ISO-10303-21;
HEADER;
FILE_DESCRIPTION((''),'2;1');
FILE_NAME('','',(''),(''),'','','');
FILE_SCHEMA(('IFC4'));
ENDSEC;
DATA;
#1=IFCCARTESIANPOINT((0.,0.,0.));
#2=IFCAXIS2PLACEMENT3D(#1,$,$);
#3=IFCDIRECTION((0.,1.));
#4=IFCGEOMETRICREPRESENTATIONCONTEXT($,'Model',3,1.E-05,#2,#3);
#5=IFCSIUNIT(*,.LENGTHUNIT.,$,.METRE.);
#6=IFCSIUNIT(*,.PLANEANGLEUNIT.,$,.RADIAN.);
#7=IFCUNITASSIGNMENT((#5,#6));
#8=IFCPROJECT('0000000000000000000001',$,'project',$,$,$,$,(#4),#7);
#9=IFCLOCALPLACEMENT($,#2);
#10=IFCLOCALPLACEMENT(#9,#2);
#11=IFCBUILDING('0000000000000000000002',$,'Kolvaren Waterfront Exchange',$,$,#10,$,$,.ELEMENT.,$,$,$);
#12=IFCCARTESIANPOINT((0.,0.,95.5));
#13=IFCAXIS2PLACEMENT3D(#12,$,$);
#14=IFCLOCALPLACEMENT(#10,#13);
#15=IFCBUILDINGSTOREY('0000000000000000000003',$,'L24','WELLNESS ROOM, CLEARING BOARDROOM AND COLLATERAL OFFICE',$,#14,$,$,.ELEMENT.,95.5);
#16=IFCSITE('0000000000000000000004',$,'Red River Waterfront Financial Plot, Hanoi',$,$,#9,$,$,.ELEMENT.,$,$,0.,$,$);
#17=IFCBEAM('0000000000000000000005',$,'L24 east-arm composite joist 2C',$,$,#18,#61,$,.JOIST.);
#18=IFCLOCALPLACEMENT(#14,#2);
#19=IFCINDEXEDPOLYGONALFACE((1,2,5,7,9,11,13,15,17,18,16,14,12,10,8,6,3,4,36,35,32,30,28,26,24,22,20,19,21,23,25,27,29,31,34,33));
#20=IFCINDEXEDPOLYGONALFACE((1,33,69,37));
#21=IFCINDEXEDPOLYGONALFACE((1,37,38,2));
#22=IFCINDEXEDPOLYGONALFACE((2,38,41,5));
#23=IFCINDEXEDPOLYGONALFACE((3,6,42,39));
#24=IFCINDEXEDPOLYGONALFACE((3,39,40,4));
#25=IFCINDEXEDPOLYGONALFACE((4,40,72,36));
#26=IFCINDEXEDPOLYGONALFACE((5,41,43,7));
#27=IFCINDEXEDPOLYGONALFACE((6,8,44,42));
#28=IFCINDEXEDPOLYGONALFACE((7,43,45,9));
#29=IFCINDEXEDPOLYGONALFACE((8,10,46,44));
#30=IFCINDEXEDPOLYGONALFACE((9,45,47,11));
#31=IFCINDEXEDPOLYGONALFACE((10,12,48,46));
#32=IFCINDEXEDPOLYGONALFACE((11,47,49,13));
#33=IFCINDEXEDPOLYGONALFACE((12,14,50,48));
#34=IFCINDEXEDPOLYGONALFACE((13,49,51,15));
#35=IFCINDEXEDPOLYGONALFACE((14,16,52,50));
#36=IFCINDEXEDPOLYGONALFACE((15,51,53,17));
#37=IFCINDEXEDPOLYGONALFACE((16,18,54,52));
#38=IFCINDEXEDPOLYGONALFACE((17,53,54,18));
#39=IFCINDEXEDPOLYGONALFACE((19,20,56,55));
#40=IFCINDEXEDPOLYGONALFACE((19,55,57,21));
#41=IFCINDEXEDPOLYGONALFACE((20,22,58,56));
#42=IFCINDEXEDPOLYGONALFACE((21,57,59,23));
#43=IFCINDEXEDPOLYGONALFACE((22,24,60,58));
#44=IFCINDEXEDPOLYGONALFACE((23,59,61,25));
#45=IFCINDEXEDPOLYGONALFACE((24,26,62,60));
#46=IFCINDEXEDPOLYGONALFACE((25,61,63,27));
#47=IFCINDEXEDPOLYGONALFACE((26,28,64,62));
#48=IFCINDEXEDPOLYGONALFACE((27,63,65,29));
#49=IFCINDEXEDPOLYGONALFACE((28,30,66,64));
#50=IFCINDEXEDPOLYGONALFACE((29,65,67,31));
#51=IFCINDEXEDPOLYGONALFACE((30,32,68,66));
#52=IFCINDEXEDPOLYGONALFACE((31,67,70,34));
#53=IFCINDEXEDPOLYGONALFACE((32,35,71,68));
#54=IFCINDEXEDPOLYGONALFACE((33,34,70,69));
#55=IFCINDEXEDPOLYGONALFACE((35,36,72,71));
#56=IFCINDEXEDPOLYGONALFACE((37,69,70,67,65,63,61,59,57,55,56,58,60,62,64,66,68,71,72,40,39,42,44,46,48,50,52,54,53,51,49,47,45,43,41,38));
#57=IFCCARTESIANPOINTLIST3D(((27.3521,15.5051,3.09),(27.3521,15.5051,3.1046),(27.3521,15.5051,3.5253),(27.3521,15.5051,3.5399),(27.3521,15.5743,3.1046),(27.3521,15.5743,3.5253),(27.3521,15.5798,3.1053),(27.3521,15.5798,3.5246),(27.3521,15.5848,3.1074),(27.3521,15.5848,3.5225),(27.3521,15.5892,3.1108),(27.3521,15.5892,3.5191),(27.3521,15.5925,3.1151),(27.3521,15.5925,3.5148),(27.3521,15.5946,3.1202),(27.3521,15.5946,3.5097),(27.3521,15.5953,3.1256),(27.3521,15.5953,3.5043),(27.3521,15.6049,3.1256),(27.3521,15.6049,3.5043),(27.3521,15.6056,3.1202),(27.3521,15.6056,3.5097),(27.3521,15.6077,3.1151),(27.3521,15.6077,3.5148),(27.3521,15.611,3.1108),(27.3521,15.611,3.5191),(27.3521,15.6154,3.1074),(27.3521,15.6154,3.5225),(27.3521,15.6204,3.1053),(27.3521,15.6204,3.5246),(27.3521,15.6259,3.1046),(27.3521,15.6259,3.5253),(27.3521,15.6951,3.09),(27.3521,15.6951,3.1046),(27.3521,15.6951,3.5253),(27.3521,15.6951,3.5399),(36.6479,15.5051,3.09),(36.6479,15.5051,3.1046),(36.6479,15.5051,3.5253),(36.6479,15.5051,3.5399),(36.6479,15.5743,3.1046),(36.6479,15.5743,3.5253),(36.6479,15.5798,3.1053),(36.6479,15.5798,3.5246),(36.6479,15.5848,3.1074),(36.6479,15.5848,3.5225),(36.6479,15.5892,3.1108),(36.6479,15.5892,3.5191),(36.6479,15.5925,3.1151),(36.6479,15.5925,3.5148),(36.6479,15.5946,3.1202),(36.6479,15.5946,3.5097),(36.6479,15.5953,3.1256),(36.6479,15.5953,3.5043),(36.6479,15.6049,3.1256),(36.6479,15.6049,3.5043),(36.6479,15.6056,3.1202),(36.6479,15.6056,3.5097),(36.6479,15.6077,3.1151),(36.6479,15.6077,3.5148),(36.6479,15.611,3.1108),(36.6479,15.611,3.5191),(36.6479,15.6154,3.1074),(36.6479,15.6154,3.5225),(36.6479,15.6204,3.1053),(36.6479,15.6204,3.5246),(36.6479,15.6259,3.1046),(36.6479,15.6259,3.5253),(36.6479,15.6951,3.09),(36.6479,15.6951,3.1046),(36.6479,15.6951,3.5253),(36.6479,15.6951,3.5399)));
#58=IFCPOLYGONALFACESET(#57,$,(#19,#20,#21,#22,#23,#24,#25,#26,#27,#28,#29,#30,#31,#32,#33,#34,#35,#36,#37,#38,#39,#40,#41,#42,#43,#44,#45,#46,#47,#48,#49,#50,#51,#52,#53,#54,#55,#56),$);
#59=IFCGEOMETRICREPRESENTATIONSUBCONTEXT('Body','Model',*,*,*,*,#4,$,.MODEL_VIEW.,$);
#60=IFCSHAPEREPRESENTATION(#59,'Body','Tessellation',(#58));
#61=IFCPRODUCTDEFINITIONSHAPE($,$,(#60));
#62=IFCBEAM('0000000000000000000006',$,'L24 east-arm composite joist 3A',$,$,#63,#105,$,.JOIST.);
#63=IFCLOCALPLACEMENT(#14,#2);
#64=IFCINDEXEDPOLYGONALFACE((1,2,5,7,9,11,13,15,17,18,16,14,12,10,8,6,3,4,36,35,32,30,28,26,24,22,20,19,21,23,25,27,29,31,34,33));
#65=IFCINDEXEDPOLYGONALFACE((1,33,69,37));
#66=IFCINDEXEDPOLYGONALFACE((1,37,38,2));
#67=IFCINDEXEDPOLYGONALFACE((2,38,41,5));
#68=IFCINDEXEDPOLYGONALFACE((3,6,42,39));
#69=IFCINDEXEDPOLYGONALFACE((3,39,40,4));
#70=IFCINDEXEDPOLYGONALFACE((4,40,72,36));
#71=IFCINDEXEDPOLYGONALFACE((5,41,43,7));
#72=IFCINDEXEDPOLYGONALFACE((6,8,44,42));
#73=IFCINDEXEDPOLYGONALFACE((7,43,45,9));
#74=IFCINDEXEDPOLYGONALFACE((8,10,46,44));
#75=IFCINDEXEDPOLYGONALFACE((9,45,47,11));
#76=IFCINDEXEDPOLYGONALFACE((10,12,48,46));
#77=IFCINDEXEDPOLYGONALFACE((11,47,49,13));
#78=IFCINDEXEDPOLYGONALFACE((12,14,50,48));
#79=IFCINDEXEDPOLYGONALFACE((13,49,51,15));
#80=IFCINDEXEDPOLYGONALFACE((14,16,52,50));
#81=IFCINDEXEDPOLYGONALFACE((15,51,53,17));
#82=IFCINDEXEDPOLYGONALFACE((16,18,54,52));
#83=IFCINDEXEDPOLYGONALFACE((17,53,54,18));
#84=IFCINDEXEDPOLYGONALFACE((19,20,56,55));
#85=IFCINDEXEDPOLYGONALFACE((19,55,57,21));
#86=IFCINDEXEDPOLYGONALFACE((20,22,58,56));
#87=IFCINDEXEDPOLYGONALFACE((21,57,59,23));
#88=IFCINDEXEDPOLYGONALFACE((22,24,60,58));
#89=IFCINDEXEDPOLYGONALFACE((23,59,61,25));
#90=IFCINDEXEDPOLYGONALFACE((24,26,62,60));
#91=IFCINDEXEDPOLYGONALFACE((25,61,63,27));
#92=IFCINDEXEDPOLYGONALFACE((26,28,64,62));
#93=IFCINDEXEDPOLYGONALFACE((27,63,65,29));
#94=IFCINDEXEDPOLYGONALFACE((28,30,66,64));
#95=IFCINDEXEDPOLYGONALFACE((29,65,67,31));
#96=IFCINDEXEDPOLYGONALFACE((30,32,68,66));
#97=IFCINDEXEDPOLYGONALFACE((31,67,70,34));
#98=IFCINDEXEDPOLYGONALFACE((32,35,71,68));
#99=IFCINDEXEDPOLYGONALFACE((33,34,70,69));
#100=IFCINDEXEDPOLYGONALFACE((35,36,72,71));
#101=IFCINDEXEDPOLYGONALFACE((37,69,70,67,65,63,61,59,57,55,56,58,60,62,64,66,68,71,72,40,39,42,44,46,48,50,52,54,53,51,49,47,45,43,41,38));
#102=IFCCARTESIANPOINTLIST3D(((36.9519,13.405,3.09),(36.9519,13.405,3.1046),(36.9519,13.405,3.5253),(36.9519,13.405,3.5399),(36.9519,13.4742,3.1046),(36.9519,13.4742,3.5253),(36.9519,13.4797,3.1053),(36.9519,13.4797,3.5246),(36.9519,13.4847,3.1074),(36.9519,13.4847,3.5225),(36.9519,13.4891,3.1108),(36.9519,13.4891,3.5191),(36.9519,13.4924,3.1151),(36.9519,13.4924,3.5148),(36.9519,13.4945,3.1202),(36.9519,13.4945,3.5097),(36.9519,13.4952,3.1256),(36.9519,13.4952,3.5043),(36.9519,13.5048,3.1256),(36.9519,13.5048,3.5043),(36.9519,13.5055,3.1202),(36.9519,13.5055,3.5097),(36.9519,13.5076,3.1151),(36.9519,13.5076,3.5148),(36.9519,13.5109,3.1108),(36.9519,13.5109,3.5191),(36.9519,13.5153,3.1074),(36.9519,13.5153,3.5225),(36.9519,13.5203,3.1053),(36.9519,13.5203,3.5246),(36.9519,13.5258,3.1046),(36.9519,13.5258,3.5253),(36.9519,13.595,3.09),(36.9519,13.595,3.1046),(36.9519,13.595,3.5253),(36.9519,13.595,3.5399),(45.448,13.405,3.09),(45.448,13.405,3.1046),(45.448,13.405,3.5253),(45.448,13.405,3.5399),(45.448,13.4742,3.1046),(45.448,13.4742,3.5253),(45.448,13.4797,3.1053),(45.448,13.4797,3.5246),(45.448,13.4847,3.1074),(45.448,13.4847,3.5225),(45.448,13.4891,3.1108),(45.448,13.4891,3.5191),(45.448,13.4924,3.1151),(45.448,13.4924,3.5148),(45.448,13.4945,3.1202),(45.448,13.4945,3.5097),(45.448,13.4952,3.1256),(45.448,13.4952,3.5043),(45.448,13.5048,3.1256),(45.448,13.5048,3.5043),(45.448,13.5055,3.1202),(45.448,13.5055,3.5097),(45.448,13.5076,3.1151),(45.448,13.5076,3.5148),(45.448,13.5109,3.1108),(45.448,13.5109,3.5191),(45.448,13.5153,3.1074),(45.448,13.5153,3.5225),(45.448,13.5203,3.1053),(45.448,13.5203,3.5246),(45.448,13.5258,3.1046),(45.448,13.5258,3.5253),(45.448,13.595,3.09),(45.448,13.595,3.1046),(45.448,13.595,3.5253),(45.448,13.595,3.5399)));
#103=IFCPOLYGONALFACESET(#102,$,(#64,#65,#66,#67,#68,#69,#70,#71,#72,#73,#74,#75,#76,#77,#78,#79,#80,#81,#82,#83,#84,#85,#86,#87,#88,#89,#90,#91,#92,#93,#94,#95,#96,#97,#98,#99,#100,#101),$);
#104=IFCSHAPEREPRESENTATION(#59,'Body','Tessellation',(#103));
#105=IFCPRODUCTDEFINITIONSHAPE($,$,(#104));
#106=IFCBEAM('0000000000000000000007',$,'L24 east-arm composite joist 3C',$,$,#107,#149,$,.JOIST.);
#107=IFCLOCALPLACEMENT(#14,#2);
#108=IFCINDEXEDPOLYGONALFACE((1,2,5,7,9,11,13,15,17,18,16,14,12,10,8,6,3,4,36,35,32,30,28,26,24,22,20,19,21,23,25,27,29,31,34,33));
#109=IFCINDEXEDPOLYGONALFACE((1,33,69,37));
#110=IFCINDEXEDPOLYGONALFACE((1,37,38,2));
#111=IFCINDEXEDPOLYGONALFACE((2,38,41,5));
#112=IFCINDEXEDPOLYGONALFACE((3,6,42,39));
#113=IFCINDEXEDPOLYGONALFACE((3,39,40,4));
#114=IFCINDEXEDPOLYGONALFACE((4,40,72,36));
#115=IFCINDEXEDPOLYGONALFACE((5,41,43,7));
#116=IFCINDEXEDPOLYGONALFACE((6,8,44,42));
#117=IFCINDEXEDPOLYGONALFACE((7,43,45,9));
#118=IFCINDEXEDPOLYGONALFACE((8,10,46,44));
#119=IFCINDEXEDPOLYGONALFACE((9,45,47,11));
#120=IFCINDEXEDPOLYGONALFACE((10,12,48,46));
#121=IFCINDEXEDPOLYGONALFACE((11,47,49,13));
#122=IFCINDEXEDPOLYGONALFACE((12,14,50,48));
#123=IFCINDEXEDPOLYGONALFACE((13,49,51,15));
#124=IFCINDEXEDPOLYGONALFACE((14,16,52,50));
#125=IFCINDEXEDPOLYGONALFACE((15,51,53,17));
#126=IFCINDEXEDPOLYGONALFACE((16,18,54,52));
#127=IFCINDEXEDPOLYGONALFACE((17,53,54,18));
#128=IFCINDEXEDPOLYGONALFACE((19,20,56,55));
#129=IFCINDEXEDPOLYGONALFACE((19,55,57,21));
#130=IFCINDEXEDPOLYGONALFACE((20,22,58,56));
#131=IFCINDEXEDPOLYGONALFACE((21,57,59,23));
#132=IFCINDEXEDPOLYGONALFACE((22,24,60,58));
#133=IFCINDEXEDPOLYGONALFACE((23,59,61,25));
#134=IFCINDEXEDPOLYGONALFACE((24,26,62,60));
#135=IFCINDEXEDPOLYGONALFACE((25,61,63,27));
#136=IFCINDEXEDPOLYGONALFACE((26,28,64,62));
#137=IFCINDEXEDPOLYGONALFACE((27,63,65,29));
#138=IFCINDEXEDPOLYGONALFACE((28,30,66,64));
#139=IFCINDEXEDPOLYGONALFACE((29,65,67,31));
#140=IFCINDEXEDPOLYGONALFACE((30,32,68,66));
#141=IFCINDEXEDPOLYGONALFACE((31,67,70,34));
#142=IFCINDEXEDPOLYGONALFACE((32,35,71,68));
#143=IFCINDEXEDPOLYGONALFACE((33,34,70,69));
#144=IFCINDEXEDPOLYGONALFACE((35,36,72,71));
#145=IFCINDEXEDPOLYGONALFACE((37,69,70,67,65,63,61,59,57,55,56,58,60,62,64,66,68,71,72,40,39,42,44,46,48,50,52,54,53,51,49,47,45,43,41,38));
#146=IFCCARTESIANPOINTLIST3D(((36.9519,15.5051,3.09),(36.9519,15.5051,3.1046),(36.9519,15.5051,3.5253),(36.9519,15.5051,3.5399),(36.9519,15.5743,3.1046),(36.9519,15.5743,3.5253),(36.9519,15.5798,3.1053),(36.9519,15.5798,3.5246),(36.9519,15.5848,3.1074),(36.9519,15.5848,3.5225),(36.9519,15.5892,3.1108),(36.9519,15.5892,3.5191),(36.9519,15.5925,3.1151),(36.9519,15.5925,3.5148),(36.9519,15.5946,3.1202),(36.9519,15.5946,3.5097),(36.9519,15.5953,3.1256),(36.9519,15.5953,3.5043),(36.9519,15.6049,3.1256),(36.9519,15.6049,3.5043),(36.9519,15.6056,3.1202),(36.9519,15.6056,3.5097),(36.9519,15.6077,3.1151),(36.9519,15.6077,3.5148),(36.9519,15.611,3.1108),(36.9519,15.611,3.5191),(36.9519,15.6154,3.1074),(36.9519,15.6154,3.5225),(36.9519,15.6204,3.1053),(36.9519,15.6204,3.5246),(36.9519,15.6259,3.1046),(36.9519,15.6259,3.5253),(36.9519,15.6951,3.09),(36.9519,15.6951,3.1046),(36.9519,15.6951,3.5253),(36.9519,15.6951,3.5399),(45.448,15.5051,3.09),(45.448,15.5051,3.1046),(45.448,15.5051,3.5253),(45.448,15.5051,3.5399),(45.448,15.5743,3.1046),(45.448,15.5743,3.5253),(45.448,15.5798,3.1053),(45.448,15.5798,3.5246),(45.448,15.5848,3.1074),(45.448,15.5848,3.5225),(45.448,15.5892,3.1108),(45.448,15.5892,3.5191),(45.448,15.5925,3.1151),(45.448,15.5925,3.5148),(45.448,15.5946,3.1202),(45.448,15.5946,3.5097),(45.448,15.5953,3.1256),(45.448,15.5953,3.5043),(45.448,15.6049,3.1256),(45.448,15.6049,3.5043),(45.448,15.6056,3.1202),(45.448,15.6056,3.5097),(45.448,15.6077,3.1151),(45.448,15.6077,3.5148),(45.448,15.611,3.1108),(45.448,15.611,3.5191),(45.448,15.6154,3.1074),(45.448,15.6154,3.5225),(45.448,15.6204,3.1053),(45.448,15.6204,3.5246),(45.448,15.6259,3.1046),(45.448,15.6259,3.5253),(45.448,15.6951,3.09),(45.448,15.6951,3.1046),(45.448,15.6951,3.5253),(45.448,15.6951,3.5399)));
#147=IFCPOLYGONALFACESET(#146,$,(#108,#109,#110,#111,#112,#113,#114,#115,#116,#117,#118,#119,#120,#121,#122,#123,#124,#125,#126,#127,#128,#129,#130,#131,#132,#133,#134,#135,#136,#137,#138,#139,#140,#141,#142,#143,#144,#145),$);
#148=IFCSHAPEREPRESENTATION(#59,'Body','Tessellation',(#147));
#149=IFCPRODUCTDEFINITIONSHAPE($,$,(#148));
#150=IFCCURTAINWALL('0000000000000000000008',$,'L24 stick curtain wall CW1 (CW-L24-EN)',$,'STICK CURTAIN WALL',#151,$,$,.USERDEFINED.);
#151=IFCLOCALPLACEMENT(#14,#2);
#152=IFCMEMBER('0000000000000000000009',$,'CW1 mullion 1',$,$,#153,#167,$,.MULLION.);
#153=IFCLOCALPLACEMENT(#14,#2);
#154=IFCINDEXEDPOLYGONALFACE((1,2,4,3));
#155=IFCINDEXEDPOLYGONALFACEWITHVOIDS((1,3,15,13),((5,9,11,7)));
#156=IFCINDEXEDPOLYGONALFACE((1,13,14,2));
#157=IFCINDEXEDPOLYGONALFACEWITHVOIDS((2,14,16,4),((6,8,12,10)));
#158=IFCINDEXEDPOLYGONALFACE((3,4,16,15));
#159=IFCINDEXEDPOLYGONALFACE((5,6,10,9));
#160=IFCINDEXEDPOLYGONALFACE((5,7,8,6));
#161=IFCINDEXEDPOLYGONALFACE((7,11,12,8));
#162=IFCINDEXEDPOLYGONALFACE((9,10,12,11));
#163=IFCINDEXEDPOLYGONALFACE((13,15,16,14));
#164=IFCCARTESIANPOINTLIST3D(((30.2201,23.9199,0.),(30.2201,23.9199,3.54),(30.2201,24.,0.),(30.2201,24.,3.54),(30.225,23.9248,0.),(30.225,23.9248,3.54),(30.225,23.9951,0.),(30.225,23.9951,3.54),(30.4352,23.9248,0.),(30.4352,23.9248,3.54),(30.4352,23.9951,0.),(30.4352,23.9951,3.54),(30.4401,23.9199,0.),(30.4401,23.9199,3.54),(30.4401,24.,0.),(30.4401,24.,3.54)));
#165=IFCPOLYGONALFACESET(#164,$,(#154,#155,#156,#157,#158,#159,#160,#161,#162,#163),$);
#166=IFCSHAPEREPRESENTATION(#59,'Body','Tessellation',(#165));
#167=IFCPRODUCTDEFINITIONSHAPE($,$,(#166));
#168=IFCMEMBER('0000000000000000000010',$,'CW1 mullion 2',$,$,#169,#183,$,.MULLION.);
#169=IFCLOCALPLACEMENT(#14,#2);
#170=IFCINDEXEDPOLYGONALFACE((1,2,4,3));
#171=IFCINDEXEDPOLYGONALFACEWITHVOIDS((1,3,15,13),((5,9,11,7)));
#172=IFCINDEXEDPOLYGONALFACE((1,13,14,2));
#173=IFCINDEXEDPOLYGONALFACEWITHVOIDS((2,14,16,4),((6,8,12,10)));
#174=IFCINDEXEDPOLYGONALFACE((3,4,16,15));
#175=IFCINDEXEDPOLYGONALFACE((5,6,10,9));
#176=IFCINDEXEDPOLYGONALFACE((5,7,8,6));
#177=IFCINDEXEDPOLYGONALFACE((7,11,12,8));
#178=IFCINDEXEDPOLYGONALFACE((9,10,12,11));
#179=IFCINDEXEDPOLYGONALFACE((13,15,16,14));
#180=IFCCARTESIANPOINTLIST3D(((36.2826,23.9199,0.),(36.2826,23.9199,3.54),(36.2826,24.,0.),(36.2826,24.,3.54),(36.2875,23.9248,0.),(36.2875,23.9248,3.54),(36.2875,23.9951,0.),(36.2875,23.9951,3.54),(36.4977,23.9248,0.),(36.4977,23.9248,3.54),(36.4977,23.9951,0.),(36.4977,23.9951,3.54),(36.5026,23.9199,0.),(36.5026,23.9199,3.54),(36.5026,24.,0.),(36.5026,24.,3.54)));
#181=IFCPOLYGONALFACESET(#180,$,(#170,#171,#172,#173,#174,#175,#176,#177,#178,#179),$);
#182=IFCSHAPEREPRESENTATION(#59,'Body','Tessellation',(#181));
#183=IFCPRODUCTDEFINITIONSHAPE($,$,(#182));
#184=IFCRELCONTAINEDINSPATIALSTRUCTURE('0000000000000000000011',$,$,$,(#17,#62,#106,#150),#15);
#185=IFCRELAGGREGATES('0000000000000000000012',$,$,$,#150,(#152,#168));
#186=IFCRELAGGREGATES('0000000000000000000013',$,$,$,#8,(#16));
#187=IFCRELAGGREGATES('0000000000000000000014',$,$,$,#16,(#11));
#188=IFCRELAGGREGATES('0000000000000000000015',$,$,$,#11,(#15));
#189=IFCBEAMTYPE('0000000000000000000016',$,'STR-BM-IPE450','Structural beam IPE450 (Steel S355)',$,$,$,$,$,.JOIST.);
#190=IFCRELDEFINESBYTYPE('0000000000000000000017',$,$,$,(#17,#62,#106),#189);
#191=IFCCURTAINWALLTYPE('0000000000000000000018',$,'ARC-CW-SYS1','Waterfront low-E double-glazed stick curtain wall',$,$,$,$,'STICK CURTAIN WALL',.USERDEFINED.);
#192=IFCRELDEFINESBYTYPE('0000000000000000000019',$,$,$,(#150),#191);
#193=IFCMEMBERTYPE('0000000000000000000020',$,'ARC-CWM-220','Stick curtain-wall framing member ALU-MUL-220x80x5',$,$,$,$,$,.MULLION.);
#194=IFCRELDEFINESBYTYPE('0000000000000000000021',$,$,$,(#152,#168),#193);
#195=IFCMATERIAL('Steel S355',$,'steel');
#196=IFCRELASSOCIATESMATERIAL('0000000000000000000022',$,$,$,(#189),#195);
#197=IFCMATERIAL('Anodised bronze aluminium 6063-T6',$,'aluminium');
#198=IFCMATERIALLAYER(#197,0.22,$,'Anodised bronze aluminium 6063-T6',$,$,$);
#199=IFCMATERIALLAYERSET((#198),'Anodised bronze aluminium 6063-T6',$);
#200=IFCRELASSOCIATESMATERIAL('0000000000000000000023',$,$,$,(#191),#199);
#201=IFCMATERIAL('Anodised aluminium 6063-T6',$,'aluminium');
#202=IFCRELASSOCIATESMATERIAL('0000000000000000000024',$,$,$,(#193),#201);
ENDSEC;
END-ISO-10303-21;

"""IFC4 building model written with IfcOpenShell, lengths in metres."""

from ifc_helpers import new_model, si_unit, direction, frame, origin, origin_with_axes, origin_2d, place, context, subcontext, project, spatial, hollow_rectangle, i_section, extrude, source, transform, mapped, material, layer, layer_set, material_profile, profile_set, type_object, element, aggregate, save


model = new_model("IFC4")

# Units and contexts
model_context = context("Model", 3, precision=1e-05, world=origin(), true_north=direction((0.0, 1.0)))
body_context = subcontext(model_context, "Body", "Model", "MODEL_VIEW")
ifc_project = project(units=[si_unit("LENGTHUNIT", "METRE"), si_unit("PLANEANGLEUNIT", "RADIAN")], contexts=[model_context])

# Site, building, storey
site_placement = place(None, origin())
site = spatial("IfcSite", under=ifc_project, at=site_placement, Name="Red River Waterfront Financial Plot, Hanoi", CompositionType="ELEMENT", RefElevation=0.0)
building_placement = place(site_placement, origin())
building = spatial("IfcBuilding", under=site, at=building_placement, Name="Kolvaren Waterfront Exchange", CompositionType="ELEMENT")
storey_placement = place(building_placement, frame((0.0, 0.0, 95.5)))
storey = spatial("IfcBuildingStorey", under=building, at=storey_placement, Name="L24", Description="WELLNESS ROOM, CLEARING BOARDROOM AND COLLATERAL OFFICE", CompositionType="ELEMENT", Elevation=95.5)

# Beams
ifc_material_1 = material(Name="Steel S355", Category="steel")
ifc_material_profile_1 = material_profile(ifc_material_1, i_section(OverallWidth=0.1899, OverallDepth=0.45, WebThickness=0.0095, FlangeThickness=0.0146, FilletRadius=0.021, at=origin_2d()), Name="IPE450")
ifc_profile_set_1 = profile_set([ifc_material_profile_1], Name="Steel S355")
beam_type_1 = type_object("IfcBeamType", Name="STR-BM-IPE450", Description="Structural beam IPE450 (Steel S355)", PredefinedType="JOIST", material=ifc_profile_set_1)
for number, where, z_axis, x_axis, name in (
    (1, (27.3521, 15.6001, 3.3149), (1.0, 0.0, 0.0), (0.0, 1.0, 0.0), "L24 east-arm composite joist 2C"),
):
    element("IfcBeam", number, at=place(storey_placement, frame(where, z_axis=z_axis, x_axis=x_axis)), inside=storey, type_object=beam_type_1, Name=name, PredefinedType="JOIST", context=body_context, shape_type="SweptSolid", body=[
        extrude(i_section(OverallWidth=0.1899, OverallDepth=0.45, WebThickness=0.0095, FlangeThickness=0.0146, FilletRadius=0.021, at=origin_2d()), origin(), (0.0, 0.0, 1.0), 9.2959),
    ])
for number, where, z_axis, x_axis, name in (
    (2, (36.9519, 13.5, 3.3149), (1.0, 0.0, 0.0), (0.0, 1.0, 0.0), "L24 east-arm composite joist 3A"),
    (3, (36.9519, 15.6001, 3.3149), (1.0, 0.0, 0.0), (0.0, 1.0, 0.0), "L24 east-arm composite joist 3C"),
):
    element("IfcBeam", number, at=place(storey_placement, frame(where, z_axis=z_axis, x_axis=x_axis)), inside=storey, type_object=beam_type_1, Name=name, PredefinedType="JOIST", context=body_context, shape_type="SweptSolid", body=[
        extrude(i_section(OverallWidth=0.1899, OverallDepth=0.45, WebThickness=0.0095, FlangeThickness=0.0146, FilletRadius=0.021, at=origin_2d()), origin(), (0.0, 0.0, 1.0), 8.4961),
    ])

# Curtain wall, members
ifc_material_2 = material(Name="Anodised bronze aluminium 6063-T6", Category="aluminium")
ifc_layer_1 = layer(ifc_material_2, 0.22, Name="Anodised bronze aluminium 6063-T6")
ifc_layer_set_1 = layer_set([ifc_layer_1], Name="Anodised bronze aluminium 6063-T6")
curtain_wall_type = type_object("IfcCurtainWallType", Name="ARC-CW-SYS1", Description="Waterfront low-E double-glazed stick curtain wall", ElementType="STICK CURTAIN WALL", PredefinedType="USERDEFINED", material=ifc_layer_set_1)
curtain_wall_placement = place(storey_placement, origin())
curtain_wall = element("IfcCurtainWall", 4, at=curtain_wall_placement, inside=storey, type_object=curtain_wall_type, Name="L24 stick curtain wall CW1 (CW-L24-EN)", ObjectType="STICK CURTAIN WALL", PredefinedType="USERDEFINED")
ifc_material_3 = material(Name="Anodised aluminium 6063-T6", Category="aluminium")
ifc_material_profile_2 = material_profile(ifc_material_3, hollow_rectangle(XDim=0.0801, YDim=0.22, WallThickness=0.0049, at=origin_2d()), Name="ALU-MUL-220x80x5")
ifc_profile_set_2 = profile_set([ifc_material_profile_2], Name="Anodised aluminium 6063-T6")
member_type_1 = type_object("IfcMemberType", Name="ARC-CWM-220", Description="Stick curtain-wall framing member ALU-MUL-220x80x5", PredefinedType="MULLION", material=ifc_profile_set_2)
shared_shape_1 = source(origin_with_axes(), body_context, "Body", "SweptSolid", [
    extrude(hollow_rectangle(XDim=0.0801, YDim=0.22, WallThickness=0.0049, at=origin_2d()), origin(), (0.0, 0.0, 1.0), 3.54),
])
member_1_placement = place(storey_placement, frame((30.3301, 23.96, 0.0), z_axis=(0.0, 0.0, 1.0), x_axis=(0.0, 1.0, 0.0)))
member_1 = element("IfcMember", 5, at=member_1_placement, type_object=member_type_1, Name="CW1 mullion 1", PredefinedType="MULLION", context=body_context, shape_type="MappedRepresentation", body=[
    mapped(shared_shape_1, transform((0.0, 0.0, 0.0), x_axis=(1.0, 0.0, 0.0), y_axis=(0.0, 1.0, 0.0), z_axis=(0.0, 0.0, 1.0), scale=1.0)),
])
member_2_placement = place(storey_placement, frame((36.3926, 23.96, 0.0), z_axis=(0.0, 0.0, 1.0), x_axis=(0.0, 1.0, 0.0)))
member_2 = element("IfcMember", 6, at=member_2_placement, type_object=member_type_1, Name="CW1 mullion 2", PredefinedType="MULLION", context=body_context, shape_type="MappedRepresentation", body=[
    mapped(shared_shape_1, transform((0.0, 0.0, 0.0), x_axis=(1.0, 0.0, 0.0), y_axis=(0.0, 1.0, 0.0), z_axis=(0.0, 0.0, 1.0), scale=1.0)),
])
aggregate(curtain_wall, [member_1, member_2])

save(model, "model.ifc")
